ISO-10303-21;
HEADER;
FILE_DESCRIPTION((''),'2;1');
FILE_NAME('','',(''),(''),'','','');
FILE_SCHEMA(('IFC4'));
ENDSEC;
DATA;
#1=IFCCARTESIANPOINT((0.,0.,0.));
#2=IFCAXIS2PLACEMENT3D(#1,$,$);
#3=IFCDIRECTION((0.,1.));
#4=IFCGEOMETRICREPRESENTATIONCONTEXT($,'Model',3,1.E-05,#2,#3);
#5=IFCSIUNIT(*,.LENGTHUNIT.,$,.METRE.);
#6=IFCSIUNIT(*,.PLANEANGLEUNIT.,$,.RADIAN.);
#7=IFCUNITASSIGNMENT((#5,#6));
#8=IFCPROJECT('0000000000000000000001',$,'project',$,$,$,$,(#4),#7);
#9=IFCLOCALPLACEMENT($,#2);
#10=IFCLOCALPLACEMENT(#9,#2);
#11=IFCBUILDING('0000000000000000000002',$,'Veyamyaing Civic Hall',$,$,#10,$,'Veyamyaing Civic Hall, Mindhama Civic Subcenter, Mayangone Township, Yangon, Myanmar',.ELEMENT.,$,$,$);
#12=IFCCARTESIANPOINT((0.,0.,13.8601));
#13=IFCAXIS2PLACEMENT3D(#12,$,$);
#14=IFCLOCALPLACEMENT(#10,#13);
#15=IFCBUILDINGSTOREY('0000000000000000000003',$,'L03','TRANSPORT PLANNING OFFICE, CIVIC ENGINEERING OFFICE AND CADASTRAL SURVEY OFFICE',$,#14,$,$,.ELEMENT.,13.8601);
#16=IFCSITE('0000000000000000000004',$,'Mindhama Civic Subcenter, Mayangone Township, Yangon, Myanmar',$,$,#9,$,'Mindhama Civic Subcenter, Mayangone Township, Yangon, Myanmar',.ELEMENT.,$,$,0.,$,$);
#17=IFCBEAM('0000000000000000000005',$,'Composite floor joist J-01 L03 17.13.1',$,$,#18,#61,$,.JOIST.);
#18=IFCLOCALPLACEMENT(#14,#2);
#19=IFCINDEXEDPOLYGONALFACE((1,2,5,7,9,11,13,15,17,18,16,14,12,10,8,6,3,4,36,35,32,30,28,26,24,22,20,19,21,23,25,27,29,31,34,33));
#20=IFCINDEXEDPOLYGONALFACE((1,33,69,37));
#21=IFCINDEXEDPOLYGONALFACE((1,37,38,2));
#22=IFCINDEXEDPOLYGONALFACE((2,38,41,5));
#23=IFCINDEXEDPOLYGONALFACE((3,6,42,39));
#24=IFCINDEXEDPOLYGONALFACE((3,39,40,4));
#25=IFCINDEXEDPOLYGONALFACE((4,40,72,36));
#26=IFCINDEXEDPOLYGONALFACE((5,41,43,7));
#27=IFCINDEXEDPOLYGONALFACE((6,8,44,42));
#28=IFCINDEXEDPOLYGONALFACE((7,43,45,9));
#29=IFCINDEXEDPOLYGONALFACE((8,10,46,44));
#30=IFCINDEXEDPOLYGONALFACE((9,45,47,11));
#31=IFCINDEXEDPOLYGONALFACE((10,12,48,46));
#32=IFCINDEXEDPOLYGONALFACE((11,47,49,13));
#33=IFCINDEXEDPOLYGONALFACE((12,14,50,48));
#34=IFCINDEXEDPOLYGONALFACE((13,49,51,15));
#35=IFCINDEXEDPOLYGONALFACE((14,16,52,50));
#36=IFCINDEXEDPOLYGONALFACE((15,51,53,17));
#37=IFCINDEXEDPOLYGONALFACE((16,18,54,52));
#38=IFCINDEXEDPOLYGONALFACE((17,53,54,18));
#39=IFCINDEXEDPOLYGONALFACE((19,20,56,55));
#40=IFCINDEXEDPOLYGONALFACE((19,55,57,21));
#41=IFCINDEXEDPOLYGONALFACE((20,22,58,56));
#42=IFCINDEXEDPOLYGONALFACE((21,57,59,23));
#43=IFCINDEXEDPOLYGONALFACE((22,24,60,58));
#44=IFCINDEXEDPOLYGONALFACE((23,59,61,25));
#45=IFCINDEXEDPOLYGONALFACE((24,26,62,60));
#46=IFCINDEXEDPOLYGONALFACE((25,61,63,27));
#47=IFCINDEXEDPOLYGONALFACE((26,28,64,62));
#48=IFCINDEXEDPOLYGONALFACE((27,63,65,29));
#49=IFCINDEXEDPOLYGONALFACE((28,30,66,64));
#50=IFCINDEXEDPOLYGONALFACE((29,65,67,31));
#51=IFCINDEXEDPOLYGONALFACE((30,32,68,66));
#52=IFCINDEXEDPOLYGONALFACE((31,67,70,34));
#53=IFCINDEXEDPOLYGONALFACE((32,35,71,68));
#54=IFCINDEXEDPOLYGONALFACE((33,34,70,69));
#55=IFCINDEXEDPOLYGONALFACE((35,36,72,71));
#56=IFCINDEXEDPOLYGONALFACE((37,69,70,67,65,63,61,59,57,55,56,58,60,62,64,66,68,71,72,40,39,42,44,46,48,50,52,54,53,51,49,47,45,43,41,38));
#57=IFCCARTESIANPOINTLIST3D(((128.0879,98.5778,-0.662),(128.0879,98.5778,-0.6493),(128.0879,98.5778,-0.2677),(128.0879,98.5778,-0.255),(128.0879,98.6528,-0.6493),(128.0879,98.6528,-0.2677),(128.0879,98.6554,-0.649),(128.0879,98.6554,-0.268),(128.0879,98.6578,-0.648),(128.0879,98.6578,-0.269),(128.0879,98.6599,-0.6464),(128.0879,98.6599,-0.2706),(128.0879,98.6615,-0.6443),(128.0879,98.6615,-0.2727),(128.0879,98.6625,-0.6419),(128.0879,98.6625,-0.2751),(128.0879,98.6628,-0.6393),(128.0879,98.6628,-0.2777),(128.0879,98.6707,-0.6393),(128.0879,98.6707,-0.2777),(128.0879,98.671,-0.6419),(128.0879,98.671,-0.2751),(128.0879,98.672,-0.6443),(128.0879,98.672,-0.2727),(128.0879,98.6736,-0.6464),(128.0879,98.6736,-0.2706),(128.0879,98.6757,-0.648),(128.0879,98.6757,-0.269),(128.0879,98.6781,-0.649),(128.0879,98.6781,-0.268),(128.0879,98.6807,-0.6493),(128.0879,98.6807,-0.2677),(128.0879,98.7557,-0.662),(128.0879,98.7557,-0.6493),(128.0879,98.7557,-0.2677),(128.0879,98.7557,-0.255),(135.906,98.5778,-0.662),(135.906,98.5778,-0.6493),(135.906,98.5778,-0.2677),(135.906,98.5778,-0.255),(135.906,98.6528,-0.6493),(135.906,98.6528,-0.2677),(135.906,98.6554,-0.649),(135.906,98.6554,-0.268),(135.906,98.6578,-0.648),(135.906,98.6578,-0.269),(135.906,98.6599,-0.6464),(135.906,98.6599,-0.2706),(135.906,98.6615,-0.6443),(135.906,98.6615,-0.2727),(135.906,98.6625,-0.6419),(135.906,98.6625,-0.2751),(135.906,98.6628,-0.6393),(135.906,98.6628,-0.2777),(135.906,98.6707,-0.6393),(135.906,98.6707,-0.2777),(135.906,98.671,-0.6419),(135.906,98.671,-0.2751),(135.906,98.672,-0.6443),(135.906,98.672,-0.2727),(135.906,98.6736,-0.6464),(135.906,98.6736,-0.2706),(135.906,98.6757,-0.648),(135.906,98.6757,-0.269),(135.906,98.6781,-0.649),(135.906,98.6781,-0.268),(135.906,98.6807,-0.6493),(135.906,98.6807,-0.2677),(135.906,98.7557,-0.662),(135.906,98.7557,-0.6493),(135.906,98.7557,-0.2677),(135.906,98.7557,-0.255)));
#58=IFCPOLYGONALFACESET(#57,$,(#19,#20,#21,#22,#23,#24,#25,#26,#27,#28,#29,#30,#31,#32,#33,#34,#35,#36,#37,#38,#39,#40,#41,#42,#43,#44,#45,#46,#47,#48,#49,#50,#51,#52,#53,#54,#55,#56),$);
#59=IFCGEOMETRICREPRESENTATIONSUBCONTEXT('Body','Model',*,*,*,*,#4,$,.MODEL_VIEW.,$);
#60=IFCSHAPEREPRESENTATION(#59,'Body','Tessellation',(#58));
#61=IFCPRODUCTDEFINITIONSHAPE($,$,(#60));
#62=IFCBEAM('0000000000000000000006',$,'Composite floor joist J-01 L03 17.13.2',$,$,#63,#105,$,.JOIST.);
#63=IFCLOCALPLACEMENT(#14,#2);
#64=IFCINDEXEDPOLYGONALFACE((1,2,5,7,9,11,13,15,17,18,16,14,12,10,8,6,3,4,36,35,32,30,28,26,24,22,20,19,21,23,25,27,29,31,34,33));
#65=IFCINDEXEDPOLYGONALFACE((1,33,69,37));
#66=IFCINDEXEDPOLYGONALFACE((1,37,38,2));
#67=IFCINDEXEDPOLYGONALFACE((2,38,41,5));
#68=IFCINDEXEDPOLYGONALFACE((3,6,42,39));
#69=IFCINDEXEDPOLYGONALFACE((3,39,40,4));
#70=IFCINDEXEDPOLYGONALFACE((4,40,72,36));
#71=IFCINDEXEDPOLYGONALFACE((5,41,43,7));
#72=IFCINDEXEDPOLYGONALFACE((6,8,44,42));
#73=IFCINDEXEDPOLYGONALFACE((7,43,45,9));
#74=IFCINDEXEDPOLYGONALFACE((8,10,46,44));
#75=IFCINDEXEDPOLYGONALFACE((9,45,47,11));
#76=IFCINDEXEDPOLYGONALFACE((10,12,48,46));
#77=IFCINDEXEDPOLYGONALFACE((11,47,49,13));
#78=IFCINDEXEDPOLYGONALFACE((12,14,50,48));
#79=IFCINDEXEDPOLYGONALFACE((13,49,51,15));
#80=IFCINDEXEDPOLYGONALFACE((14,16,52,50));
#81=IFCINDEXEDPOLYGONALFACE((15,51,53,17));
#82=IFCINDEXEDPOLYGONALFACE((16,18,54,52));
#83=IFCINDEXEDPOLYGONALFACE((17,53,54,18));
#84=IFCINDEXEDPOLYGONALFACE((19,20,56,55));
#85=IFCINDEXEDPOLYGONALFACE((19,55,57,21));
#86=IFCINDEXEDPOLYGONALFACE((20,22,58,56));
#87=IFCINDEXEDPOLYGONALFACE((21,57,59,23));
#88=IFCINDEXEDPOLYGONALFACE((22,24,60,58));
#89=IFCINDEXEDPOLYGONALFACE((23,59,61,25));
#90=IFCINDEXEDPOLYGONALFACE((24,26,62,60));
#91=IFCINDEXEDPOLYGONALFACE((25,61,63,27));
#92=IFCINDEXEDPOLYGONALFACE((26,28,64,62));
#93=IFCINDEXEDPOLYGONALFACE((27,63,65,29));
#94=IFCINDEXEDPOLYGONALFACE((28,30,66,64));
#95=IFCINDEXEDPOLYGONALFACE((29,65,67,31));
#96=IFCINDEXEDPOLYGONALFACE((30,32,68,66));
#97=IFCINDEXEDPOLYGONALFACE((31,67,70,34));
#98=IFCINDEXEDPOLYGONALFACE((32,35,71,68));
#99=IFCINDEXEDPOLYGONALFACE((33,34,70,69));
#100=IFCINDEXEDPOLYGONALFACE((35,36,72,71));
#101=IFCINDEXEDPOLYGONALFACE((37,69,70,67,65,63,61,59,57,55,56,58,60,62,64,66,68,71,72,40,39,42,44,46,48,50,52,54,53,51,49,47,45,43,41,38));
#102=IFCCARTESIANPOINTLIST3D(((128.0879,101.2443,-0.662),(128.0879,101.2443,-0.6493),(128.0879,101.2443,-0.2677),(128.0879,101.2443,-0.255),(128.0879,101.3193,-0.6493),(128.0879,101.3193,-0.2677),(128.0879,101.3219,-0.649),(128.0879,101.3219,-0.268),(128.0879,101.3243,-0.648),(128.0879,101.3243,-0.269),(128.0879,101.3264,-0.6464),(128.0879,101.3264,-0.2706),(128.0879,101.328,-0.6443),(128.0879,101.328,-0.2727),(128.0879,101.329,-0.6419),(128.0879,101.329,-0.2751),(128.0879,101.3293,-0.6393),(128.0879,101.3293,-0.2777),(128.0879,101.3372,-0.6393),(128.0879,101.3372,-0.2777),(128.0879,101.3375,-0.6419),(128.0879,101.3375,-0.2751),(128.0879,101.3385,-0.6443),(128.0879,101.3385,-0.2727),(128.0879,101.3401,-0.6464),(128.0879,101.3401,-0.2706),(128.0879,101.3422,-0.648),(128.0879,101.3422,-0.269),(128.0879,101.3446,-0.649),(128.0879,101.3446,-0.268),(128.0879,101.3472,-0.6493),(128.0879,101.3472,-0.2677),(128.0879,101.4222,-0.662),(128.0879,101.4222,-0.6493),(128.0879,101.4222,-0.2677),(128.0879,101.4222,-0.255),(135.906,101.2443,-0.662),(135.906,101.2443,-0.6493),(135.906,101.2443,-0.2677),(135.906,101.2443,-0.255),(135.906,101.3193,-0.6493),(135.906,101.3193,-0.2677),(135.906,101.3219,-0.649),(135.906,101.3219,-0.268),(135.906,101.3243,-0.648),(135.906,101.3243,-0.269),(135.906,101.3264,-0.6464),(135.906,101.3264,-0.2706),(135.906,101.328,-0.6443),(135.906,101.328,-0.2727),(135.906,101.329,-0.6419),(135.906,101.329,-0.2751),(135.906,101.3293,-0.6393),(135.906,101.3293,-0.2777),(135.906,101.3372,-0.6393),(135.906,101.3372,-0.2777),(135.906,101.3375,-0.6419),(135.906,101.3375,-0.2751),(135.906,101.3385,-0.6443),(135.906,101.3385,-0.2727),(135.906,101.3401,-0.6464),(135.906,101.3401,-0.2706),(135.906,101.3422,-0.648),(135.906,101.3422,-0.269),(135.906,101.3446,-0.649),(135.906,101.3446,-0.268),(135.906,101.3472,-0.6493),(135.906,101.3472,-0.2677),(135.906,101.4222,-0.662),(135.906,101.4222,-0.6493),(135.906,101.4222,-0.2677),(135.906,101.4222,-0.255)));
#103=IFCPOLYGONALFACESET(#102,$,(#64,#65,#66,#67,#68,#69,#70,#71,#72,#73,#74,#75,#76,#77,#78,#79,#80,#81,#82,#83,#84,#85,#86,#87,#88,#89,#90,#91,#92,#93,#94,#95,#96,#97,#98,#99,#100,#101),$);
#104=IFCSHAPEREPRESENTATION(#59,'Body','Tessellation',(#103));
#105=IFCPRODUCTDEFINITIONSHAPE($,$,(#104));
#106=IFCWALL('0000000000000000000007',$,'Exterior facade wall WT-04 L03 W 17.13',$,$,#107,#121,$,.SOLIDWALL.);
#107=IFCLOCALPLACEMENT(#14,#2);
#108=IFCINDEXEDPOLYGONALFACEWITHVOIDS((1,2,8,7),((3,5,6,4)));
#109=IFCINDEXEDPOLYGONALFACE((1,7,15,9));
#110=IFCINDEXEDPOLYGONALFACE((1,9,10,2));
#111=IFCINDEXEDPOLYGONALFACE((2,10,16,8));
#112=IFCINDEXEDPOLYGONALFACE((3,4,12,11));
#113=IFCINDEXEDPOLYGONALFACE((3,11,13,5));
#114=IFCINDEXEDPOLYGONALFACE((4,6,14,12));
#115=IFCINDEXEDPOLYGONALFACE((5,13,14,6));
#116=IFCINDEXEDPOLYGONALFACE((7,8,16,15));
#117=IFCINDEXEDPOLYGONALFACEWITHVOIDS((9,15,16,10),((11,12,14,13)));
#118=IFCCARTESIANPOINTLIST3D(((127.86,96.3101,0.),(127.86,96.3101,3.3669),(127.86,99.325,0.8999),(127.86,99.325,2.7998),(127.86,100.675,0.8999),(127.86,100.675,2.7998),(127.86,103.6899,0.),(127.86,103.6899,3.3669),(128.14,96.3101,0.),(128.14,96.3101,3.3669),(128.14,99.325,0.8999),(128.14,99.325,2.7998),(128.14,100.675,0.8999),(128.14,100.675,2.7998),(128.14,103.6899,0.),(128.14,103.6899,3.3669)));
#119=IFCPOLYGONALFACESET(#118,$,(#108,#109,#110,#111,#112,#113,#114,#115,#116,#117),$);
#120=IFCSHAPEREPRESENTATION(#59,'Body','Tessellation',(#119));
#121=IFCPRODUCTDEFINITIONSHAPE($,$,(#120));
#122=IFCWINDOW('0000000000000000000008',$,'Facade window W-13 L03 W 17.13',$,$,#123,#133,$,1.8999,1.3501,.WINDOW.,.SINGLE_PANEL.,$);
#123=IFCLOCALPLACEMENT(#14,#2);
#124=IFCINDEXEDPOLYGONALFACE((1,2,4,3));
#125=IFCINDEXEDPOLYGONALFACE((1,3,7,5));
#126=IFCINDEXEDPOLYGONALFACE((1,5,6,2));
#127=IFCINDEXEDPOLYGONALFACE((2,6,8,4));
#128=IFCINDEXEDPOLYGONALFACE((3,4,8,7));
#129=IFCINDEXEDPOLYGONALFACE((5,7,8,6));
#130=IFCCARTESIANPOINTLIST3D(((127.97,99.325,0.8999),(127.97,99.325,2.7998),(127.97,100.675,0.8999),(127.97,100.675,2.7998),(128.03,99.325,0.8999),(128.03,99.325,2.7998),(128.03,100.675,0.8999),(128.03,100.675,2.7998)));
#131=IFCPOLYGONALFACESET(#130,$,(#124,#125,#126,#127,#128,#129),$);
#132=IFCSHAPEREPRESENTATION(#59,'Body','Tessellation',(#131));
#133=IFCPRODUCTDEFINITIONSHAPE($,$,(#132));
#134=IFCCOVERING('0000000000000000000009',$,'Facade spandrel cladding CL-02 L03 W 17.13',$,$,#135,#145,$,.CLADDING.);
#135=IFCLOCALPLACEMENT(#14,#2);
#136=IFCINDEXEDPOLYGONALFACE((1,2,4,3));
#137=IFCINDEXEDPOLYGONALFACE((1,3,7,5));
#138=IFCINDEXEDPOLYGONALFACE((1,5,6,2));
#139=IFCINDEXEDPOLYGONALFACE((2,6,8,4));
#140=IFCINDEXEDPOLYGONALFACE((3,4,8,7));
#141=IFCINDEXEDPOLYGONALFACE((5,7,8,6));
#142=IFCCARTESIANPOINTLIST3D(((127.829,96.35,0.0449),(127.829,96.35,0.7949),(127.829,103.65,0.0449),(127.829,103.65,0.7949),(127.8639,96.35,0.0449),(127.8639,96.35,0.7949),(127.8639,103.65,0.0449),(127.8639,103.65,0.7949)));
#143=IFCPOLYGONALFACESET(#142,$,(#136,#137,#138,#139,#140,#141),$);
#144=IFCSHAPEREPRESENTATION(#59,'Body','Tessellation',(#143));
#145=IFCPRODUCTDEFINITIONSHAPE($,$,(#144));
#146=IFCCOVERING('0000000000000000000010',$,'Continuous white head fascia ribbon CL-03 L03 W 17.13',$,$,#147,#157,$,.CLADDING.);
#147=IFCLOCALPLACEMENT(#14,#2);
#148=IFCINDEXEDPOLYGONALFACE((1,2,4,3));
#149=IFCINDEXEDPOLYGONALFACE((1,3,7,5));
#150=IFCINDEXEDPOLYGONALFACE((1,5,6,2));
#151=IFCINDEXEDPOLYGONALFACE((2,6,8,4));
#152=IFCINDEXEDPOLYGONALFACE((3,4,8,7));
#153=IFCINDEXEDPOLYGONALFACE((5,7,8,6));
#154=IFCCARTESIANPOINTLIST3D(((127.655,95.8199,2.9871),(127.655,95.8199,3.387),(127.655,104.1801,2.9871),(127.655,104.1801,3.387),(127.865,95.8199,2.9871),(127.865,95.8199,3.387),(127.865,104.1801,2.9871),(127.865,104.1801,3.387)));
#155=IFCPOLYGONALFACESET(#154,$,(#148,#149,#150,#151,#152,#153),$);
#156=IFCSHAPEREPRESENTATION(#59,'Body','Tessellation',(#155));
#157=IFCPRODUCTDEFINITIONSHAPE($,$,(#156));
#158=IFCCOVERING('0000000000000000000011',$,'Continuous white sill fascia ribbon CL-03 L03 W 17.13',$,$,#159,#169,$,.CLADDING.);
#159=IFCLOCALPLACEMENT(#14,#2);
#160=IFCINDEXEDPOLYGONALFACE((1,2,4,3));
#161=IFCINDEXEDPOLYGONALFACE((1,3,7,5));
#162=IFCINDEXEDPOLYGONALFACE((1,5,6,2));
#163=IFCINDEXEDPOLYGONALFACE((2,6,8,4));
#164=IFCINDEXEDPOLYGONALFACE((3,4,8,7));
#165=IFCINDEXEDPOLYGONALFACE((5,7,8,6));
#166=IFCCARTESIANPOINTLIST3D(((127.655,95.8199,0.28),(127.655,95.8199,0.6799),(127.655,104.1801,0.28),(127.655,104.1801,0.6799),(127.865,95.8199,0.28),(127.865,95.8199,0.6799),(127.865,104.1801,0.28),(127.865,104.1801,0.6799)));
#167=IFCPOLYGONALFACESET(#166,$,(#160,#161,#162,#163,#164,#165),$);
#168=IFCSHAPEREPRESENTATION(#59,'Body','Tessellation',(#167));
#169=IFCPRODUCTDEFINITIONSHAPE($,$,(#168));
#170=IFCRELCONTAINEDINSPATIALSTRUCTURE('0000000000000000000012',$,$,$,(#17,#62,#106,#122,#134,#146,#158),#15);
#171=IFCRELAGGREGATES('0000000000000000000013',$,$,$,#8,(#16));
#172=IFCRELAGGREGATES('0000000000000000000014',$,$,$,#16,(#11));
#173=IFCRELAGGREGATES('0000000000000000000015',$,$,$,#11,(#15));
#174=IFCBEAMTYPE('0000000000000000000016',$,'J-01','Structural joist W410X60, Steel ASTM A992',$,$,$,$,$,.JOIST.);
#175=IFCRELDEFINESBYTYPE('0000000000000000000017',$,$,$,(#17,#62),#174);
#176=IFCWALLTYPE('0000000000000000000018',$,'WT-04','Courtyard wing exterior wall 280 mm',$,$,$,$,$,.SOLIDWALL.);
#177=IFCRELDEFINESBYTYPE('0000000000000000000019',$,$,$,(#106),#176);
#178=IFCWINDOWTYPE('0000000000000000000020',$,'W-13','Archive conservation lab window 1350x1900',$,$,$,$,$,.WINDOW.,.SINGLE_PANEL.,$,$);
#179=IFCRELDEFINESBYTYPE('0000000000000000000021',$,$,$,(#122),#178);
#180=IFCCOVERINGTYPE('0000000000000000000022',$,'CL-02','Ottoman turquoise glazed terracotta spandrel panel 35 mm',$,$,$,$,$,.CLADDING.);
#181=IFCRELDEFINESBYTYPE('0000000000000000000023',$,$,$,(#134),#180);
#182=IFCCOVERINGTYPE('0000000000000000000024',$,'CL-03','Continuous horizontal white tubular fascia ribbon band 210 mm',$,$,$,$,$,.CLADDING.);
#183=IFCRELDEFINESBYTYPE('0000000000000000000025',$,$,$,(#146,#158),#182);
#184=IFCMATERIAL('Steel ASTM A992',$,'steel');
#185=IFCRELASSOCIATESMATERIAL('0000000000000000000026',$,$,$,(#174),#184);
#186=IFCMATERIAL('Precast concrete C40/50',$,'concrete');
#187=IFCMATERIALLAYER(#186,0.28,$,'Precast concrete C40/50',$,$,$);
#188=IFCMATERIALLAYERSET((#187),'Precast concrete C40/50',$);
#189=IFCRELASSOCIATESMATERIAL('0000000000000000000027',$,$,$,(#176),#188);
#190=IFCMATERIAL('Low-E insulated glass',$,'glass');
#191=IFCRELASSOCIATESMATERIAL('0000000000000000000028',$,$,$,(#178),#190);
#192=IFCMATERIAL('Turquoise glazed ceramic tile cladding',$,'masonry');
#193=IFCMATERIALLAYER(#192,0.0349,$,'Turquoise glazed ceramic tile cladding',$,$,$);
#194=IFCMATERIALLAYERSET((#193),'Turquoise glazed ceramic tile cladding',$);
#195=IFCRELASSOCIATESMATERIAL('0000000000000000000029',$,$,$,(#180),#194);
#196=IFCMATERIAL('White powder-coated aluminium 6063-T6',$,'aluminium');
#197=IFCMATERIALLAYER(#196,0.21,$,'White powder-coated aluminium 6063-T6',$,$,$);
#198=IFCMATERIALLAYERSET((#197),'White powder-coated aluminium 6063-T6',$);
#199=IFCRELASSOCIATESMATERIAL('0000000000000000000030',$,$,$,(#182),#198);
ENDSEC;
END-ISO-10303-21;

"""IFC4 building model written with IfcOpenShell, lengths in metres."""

from ifc_helpers import new_model, si_unit, direction, frame, frame_2d, origin, origin_2d, place, context, subcontext, project, spatial, rectangle, i_section, extrude, material, layer, layer_set, material_profile, profile_set, type_object, element, fill, save


model = new_model("IFC4")

# Units and contexts
model_context = context("Model", 3, precision=1e-05, world=origin(), true_north=direction((0.0, 1.0)))
body_context = subcontext(model_context, "Body", "Model", "MODEL_VIEW")
ifc_project = project(units=[si_unit("LENGTHUNIT", "METRE"), si_unit("PLANEANGLEUNIT", "RADIAN")], contexts=[model_context])

# Site, building, storey
site_placement = place(None, origin())
site = spatial("IfcSite", under=ifc_project, at=site_placement, Name="Mindhama Civic Subcenter, Mayangone Township, Yangon, Myanmar", LongName="Mindhama Civic Subcenter, Mayangone Township, Yangon, Myanmar", CompositionType="ELEMENT", RefElevation=0.0)
building_placement = place(site_placement, origin())
building = spatial("IfcBuilding", under=site, at=building_placement, Name="Veyamyaing Civic Hall", LongName="Veyamyaing Civic Hall, Mindhama Civic Subcenter, Mayangone Township, Yangon, Myanmar", CompositionType="ELEMENT")
storey_placement = place(building_placement, frame((0.0, 0.0, 13.8601)))
storey = spatial("IfcBuildingStorey", under=building, at=storey_placement, Name="L03", Description="TRANSPORT PLANNING OFFICE, CIVIC ENGINEERING OFFICE AND CADASTRAL SURVEY OFFICE", CompositionType="ELEMENT", Elevation=13.8601)

# Shared definitions
ifc_material_1 = material(Name="Steel ASTM A992", Category="steel")

# Beams
ifc_material_profile_1 = material_profile(ifc_material_1, i_section(OverallWidth=0.178, OverallDepth=0.407, WebThickness=0.0078, FlangeThickness=0.0127, FilletRadius=0.01, at=origin_2d()), Name="W410X60")
ifc_profile_set_1 = profile_set([ifc_material_profile_1], Name="Steel ASTM A992")
beam_type_1 = type_object("IfcBeamType", Name="J-01", Description="Structural joist W410X60, Steel ASTM A992", PredefinedType="JOIST", material=ifc_profile_set_1)
for number, where, z_axis, x_axis, name in (
    (1, (128.0879, 98.6667, -0.4585), (1.0, 0.0, 0.0), (0.0, 1.0, 0.0), "Composite floor joist J-01 L03 17.13.1"),
    (2, (128.0879, 101.3333, -0.4585), (1.0, 0.0, 0.0), (0.0, 1.0, 0.0), "Composite floor joist J-01 L03 17.13.2"),
):
    element("IfcBeam", number, at=place(storey_placement, frame(where, z_axis=z_axis, x_axis=x_axis)), inside=storey, type_object=beam_type_1, Name=name, PredefinedType="JOIST", context=body_context, shape_type="SweptSolid", body=[
        extrude(i_section(OverallWidth=0.178, OverallDepth=0.407, WebThickness=0.0078, FlangeThickness=0.0127, FilletRadius=0.01, at=origin_2d()), origin(), (0.0, 0.0, 1.0), 7.8181),
    ])

# Wall, opening, window
ifc_material_2 = material(Name="Precast concrete C40/50", Category="concrete")
ifc_layer_1 = layer(ifc_material_2, 0.28, Name="Precast concrete C40/50")
ifc_layer_set_1 = layer_set([ifc_layer_1], Name="Precast concrete C40/50")
wall_type = type_object("IfcWallType", Name="WT-04", Description="Courtyard wing exterior wall 280 mm", PredefinedType="SOLIDWALL", material=ifc_layer_set_1)
wall_placement = place(storey_placement, frame((128.0, 96.3101, 0.0), z_axis=(0.0, 0.0, 1.0), x_axis=(0.0, 1.0, 0.0)))
wall = element("IfcWall", 3, at=wall_placement, inside=storey, type_object=wall_type, Name="Exterior facade wall WT-04 L03 W 17.13", PredefinedType="SOLIDWALL", context=body_context, shape_type="SweptSolid", body=[
    extrude(rectangle(XDim=7.3799, YDim=0.28, at=frame_2d((3.6899, 0.0))), origin(), (0.0, 0.0, 1.0), 3.3669),
])
opening_placement = place(wall_placement, frame((3.0149, 0.0, 0.8999)))
opening = element("IfcOpeningElement", 4, at=opening_placement, cuts=wall, PredefinedType="OPENING", context=body_context, shape_type="SweptSolid", body=[
    extrude(rectangle(XDim=1.3501, YDim=1.8999, at=frame_2d((0.675, 0.95))), frame((0.0, 0.1499, 0.0), z_axis=(0.0, -1.0, 0.0), x_axis=(1.0, 0.0, 0.0)), (0.0, 0.0, 1.0), 0.3),
])
ifc_material_3 = material(Name="Low-E insulated glass", Category="glass")
window_type = type_object("IfcWindowType", Name="W-13", Description="Archive conservation lab window 1350x1900", PartitioningType="SINGLE_PANEL", PredefinedType="WINDOW", material=ifc_material_3)
window_placement = place(opening_placement, origin())
window = element("IfcWindow", 5, at=window_placement, inside=storey, type_object=window_type, Name="Facade window W-13 L03 W 17.13", OverallHeight=1.8999, OverallWidth=1.3501, PartitioningType="SINGLE_PANEL", PredefinedType="WINDOW", context=body_context, shape_type="SweptSolid", body=[
    extrude(rectangle(XDim=1.3501, YDim=1.8999, at=frame_2d((0.675, 0.95))), frame((0.0, 0.03, 0.0), z_axis=(0.0, -1.0, 0.0), x_axis=(1.0, 0.0, 0.0)), (0.0, 0.0, 1.0), 0.0601),
])
fill(opening, window)

# Coverings
ifc_material_4 = material(Name="Turquoise glazed ceramic tile cladding", Category="masonry")
ifc_layer_2 = layer(ifc_material_4, 0.0349, Name="Turquoise glazed ceramic tile cladding")
ifc_layer_set_2 = layer_set([ifc_layer_2], Name="Turquoise glazed ceramic tile cladding")
covering_type_1 = type_object("IfcCoveringType", Name="CL-02", Description="Ottoman turquoise glazed terracotta spandrel panel 35 mm", PredefinedType="CLADDING", material=ifc_layer_set_2)
covering_placement = place(storey_placement, frame((127.8464, 100.0, 0.0449), z_axis=(0.0, 0.0, 1.0), x_axis=(0.0, 1.0, 0.0)))
element("IfcCovering", 6, at=covering_placement, inside=storey, type_object=covering_type_1, Name="Facade spandrel cladding CL-02 L03 W 17.13", PredefinedType="CLADDING", context=body_context, shape_type="SweptSolid", body=[
    extrude(rectangle(XDim=7.3, YDim=0.0349, at=origin_2d()), origin(), (0.0, 0.0, 1.0), 0.75),
])
ifc_material_5 = material(Name="White powder-coated aluminium 6063-T6", Category="aluminium")
ifc_layer_3 = layer(ifc_material_5, 0.21, Name="White powder-coated aluminium 6063-T6")
ifc_layer_set_3 = layer_set([ifc_layer_3], Name="White powder-coated aluminium 6063-T6")
covering_type_2 = type_object("IfcCoveringType", Name="CL-03", Description="Continuous horizontal white tubular fascia ribbon band 210 mm", PredefinedType="CLADDING", material=ifc_layer_set_3)
for number, where, z_axis, x_axis, name in (
    (7, (127.76, 100.0, 2.9871), (0.0, 0.0, 1.0), (0.0, 1.0, 0.0), "Continuous white head fascia ribbon CL-03 L03 W 17.13"),
    (8, (127.76, 100.0, 0.28), (0.0, 0.0, 1.0), (0.0, 1.0, 0.0), "Continuous white sill fascia ribbon CL-03 L03 W 17.13"),
):
    element("IfcCovering", number, at=place(storey_placement, frame(where, z_axis=z_axis, x_axis=x_axis)), inside=storey, type_object=covering_type_2, Name=name, PredefinedType="CLADDING", context=body_context, shape_type="SweptSolid", body=[
        extrude(rectangle(XDim=8.3601, YDim=0.21, at=origin_2d()), origin(), (0.0, 0.0, 1.0), 0.3999),
    ])

save(model, "model.ifc")
